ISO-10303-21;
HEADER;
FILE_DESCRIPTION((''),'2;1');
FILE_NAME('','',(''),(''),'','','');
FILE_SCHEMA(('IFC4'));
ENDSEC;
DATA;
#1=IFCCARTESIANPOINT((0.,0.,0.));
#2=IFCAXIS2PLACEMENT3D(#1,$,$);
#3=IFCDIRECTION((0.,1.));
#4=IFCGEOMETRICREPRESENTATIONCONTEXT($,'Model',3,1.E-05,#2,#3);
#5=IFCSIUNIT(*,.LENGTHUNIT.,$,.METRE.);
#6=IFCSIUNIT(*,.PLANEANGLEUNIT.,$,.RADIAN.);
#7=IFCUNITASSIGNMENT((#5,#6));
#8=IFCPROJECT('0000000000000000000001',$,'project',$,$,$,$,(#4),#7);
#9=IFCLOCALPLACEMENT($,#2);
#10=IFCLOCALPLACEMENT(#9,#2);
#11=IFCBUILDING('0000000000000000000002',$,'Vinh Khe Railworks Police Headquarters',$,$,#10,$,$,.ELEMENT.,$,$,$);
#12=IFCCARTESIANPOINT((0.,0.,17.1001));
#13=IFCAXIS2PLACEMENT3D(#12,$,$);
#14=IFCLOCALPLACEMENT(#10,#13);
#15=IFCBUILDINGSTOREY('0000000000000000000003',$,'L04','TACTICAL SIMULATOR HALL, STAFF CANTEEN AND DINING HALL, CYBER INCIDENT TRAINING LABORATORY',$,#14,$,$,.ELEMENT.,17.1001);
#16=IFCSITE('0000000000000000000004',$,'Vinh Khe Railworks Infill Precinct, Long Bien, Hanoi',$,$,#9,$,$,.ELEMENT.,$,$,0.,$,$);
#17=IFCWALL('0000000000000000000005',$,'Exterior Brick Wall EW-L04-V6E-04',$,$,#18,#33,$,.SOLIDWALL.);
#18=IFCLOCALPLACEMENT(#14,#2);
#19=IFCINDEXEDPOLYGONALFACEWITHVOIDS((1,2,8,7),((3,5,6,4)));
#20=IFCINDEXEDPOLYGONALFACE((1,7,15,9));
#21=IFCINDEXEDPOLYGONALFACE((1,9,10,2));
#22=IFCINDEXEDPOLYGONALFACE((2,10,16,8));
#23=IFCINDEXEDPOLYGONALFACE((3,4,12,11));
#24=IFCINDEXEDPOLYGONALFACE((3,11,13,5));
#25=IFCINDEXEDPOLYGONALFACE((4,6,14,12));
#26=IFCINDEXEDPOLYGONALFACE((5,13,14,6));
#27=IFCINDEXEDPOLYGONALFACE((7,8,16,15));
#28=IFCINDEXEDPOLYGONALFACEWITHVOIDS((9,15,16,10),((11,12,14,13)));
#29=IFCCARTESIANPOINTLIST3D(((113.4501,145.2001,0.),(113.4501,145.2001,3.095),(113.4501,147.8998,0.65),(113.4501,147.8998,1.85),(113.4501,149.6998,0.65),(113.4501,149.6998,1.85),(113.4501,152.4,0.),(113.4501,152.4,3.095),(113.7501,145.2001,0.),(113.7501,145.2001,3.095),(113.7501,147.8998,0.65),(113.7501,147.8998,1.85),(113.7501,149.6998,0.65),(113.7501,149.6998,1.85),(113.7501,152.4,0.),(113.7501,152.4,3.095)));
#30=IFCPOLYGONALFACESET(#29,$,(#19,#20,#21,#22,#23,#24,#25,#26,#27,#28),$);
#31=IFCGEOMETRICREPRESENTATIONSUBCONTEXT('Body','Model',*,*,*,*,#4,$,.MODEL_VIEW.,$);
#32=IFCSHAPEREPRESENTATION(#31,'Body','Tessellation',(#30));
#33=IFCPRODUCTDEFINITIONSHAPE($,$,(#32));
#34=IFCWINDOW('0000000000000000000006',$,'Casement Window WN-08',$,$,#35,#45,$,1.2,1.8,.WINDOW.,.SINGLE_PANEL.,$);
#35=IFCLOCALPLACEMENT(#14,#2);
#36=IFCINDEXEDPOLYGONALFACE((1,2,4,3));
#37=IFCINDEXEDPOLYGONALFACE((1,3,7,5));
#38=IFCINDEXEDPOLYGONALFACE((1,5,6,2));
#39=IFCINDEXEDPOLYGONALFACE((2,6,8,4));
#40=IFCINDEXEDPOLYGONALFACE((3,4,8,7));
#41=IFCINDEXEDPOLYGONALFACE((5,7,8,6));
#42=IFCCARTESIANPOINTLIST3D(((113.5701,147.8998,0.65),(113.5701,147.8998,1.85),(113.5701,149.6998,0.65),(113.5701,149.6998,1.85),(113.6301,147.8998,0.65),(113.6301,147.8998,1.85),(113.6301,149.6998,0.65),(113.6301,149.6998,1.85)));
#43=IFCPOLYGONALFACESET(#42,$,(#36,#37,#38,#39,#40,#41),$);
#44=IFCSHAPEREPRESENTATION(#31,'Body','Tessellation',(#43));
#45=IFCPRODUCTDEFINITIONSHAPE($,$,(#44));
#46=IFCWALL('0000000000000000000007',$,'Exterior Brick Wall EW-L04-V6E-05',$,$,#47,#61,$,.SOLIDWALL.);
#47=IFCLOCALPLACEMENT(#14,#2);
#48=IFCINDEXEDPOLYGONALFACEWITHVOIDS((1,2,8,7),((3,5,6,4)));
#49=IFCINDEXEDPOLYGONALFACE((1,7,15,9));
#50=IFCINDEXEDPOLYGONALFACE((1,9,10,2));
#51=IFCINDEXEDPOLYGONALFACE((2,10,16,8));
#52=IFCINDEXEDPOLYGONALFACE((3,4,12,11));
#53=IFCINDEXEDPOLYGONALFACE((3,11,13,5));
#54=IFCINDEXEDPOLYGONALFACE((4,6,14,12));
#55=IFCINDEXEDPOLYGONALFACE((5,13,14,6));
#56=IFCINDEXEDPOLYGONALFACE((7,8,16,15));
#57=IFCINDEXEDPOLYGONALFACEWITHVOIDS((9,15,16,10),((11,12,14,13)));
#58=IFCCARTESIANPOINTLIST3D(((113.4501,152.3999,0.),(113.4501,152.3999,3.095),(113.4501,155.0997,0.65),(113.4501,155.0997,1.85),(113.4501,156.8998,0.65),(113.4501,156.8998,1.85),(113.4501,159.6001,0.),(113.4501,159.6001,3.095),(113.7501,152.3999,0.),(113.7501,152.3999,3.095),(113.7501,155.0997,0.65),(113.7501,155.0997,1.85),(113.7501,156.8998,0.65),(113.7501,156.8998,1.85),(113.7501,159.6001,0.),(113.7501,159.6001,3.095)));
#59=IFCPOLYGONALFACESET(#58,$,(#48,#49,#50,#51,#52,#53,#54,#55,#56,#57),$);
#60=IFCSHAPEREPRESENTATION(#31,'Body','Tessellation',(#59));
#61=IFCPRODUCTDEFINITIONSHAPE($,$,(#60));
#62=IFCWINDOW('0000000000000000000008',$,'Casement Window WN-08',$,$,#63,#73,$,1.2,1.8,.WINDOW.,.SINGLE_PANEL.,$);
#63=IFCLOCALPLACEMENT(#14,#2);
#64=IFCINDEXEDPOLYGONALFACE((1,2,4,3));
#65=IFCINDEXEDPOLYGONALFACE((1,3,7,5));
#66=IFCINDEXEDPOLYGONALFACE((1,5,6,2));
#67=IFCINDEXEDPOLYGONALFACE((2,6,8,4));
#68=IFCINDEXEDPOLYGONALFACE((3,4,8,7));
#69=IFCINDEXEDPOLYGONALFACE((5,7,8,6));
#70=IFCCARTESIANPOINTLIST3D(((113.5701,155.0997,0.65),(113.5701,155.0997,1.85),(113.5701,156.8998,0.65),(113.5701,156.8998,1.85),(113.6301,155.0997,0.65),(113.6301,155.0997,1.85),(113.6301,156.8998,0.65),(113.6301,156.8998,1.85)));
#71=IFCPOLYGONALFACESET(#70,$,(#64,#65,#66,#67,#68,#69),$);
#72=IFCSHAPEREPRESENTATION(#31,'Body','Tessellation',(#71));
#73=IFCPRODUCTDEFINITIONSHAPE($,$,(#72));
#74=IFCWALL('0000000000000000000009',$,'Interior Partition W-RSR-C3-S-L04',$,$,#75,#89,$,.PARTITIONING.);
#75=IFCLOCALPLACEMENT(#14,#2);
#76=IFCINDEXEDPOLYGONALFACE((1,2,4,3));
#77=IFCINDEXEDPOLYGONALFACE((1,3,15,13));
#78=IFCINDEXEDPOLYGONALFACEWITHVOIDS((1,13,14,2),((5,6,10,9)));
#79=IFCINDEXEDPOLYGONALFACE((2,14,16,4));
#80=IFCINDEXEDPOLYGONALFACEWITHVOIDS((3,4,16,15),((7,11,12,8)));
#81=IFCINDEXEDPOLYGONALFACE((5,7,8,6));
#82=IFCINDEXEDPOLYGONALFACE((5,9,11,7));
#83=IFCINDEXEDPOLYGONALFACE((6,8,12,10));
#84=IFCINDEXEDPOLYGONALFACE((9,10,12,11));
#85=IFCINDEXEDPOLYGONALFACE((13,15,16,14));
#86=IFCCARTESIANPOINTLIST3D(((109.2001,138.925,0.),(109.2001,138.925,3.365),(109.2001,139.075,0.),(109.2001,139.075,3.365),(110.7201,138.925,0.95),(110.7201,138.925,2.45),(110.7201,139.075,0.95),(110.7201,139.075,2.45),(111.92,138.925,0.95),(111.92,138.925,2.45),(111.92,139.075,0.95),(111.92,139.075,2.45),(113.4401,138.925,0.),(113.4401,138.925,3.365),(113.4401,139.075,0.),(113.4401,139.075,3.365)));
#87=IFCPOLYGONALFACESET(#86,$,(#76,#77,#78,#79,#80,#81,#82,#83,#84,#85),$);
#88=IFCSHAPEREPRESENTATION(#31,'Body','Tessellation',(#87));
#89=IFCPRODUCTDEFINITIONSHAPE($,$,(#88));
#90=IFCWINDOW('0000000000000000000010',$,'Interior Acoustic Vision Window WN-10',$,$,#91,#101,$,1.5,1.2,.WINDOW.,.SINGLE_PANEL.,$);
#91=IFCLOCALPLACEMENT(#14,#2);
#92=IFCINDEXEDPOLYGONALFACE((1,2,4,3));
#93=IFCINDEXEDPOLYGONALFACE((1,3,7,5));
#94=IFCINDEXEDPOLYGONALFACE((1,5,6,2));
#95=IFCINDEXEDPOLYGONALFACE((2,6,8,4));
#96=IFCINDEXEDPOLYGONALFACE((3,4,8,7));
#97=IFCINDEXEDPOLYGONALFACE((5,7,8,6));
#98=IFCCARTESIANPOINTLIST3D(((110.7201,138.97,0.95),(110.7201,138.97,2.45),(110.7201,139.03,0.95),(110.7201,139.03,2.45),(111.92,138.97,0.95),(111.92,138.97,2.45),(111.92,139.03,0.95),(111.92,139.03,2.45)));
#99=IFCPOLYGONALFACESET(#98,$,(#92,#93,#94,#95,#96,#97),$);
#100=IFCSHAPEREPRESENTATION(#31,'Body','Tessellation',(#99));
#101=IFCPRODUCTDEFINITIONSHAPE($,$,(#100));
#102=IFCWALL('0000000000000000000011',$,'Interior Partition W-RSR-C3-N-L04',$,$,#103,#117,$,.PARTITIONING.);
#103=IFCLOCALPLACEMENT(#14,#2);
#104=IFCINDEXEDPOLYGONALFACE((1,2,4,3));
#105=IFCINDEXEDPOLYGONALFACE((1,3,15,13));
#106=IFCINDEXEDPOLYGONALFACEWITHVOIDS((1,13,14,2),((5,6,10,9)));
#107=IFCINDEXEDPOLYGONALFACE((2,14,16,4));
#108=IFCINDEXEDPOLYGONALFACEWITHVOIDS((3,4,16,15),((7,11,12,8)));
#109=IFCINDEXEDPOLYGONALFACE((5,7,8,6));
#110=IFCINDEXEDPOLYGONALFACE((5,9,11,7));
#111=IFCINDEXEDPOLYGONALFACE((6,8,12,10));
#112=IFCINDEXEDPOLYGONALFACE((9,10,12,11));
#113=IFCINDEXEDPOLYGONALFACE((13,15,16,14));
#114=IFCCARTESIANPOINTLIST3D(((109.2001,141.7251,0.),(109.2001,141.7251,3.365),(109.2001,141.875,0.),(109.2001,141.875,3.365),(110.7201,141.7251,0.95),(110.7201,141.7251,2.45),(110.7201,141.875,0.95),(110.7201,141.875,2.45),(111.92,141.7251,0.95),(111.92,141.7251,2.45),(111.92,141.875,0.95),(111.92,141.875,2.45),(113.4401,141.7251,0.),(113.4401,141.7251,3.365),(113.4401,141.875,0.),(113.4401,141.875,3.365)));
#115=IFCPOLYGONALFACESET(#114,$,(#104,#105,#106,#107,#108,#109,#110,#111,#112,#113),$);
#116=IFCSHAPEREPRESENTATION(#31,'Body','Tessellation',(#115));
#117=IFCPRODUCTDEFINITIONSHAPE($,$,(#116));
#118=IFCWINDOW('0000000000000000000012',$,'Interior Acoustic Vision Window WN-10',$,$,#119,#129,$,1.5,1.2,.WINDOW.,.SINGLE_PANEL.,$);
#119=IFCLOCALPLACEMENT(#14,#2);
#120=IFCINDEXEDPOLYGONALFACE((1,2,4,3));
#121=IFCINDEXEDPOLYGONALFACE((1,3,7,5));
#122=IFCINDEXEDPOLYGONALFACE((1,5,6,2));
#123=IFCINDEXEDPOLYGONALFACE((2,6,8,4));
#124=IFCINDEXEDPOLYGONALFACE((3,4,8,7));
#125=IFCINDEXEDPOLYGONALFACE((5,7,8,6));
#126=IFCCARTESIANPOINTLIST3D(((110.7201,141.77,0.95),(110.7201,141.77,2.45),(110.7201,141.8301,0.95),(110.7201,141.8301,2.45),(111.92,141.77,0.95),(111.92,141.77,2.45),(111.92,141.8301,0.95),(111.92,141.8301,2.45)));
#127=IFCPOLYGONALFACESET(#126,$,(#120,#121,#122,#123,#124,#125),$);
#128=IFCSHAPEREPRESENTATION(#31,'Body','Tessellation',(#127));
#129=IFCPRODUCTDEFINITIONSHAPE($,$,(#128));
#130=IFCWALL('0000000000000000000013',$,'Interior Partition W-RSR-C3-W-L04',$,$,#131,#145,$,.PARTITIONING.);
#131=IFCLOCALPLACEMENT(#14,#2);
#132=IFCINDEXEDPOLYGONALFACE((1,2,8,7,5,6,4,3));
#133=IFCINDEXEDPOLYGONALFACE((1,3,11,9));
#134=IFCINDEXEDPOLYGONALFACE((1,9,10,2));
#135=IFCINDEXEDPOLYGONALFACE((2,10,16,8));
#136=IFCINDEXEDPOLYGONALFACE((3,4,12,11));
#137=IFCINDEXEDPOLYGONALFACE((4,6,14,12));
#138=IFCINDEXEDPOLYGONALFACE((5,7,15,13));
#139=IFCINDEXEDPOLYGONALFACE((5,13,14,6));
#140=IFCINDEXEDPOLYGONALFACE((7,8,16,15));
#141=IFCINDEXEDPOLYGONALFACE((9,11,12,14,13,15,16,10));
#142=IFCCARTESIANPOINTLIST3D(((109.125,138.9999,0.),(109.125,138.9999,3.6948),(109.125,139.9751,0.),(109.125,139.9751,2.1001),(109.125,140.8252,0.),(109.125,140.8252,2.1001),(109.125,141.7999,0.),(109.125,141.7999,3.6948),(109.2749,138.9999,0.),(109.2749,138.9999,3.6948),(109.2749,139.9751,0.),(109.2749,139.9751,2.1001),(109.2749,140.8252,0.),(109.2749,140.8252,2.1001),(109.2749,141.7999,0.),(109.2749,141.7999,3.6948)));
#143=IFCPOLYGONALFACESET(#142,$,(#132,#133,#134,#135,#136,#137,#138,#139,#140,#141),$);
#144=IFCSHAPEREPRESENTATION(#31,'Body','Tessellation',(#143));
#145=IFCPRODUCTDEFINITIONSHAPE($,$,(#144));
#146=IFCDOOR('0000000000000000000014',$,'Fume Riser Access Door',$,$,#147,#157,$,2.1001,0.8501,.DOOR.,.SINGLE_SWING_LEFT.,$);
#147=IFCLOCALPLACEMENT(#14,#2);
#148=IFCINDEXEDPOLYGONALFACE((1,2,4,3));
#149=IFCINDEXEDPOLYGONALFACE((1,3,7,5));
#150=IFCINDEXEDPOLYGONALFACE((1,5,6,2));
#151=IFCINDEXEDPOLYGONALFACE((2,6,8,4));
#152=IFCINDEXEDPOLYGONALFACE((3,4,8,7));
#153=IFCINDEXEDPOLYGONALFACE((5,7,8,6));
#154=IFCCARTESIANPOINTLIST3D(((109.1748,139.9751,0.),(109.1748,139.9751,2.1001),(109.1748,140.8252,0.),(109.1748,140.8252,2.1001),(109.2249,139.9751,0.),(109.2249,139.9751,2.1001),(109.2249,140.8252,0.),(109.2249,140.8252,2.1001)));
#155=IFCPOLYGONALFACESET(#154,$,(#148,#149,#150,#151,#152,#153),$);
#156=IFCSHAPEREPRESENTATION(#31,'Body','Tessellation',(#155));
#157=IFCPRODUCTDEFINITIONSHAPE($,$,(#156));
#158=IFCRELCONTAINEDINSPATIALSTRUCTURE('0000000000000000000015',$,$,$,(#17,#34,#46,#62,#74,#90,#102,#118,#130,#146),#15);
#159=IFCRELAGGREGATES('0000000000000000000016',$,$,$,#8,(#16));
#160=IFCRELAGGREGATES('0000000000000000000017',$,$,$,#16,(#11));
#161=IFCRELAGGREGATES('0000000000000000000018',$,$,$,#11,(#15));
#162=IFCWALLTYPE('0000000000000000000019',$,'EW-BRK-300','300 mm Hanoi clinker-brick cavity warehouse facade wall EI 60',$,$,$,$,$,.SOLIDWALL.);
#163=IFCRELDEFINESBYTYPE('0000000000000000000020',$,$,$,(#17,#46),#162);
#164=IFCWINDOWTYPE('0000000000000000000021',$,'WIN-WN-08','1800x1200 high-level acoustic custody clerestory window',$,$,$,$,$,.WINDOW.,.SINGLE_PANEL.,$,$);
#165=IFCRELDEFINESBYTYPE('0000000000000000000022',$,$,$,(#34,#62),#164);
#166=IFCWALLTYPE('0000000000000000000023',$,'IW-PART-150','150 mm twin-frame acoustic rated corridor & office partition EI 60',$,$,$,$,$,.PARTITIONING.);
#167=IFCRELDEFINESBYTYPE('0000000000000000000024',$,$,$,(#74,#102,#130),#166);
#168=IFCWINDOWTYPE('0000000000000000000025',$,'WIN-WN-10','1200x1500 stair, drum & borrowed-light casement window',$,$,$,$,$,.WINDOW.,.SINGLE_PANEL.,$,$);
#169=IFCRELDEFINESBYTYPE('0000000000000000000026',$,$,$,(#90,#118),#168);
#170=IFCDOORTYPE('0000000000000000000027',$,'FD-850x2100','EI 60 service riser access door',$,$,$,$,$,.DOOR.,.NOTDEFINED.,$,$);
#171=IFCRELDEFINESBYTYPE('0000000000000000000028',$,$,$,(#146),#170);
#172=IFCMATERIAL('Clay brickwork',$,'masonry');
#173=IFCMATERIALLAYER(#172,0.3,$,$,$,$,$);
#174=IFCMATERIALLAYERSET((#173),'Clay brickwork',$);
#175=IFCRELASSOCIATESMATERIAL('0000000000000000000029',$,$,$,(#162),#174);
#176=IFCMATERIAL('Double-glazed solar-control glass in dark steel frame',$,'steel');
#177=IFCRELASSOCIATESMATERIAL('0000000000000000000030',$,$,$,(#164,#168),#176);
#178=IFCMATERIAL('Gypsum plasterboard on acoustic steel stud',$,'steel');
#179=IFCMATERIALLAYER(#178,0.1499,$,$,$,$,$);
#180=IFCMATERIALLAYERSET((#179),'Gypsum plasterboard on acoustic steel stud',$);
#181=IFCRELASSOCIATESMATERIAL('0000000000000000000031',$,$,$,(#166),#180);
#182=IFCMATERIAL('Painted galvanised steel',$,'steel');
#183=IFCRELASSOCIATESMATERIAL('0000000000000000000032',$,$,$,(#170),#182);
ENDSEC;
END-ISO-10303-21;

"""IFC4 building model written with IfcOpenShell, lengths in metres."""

from ifc_helpers import new_model, si_unit, direction, frame, frame_2d, origin, place, context, subcontext, project, spatial, rectangle, extrude, material, layer, layer_set, type_object, element, fill, save


model = new_model("IFC4")

# Units and contexts
model_context = context("Model", 3, precision=1e-05, world=origin(), true_north=direction((0.0, 1.0)))
body_context = subcontext(model_context, "Body", "Model", "MODEL_VIEW")
ifc_project = project(units=[si_unit("LENGTHUNIT", "METRE"), si_unit("PLANEANGLEUNIT", "RADIAN")], contexts=[model_context])

# Site, building, storey
site_placement = place(None, origin())
site = spatial("IfcSite", under=ifc_project, at=site_placement, Name="Vinh Khe Railworks Infill Precinct, Long Bien, Hanoi", CompositionType="ELEMENT", RefElevation=0.0)
building_placement = place(site_placement, origin())
building = spatial("IfcBuilding", under=site, at=building_placement, Name="Vinh Khe Railworks Police Headquarters", CompositionType="ELEMENT")
storey_placement = place(building_placement, frame((0.0, 0.0, 17.1001)))
storey = spatial("IfcBuildingStorey", under=building, at=storey_placement, Name="L04", Description="TACTICAL SIMULATOR HALL, STAFF CANTEEN AND DINING HALL, CYBER INCIDENT TRAINING LABORATORY", CompositionType="ELEMENT", Elevation=17.1001)

# Shared definitions
ifc_material_1 = material(Name="Painted galvanised steel", Category="steel")

# Walls, openings, windows
ifc_material_2 = material(Name="Clay brickwork", Category="masonry")
ifc_layer_1 = layer(ifc_material_2, 0.3)
ifc_layer_set_1 = layer_set([ifc_layer_1], Name="Clay brickwork")
wall_type_1 = type_object("IfcWallType", Name="EW-BRK-300", Description="300 mm Hanoi clinker-brick cavity warehouse facade wall EI 60", PredefinedType="SOLIDWALL", material=ifc_layer_set_1)
wall_1_placement = place(storey_placement, frame((113.6001, 145.2, 0.0), z_axis=(0.0, 0.0, 1.0), x_axis=(0.0, 1.0, 0.0)))
wall_1 = element("IfcWall", 1, at=wall_1_placement, inside=storey, type_object=wall_type_1, Name="Exterior Brick Wall EW-L04-V6E-04", PredefinedType="SOLIDWALL", context=body_context, shape_type="SweptSolid", body=[
    extrude(rectangle(XDim=7.2, YDim=0.3, at=frame_2d((3.6001, 0.0))), origin(), (0.0, 0.0, 1.0), 3.095),
])
opening_1_placement = place(wall_1_placement, frame((2.7, 0.0, 0.6499)))
opening_1 = element("IfcOpeningElement", 2, at=opening_1_placement, cuts=wall_1, PredefinedType="OPENING", context=body_context, shape_type="SweptSolid", body=[
    extrude(rectangle(XDim=1.8, YDim=1.2, at=frame_2d((0.8999, 0.6001))), frame((0.0, 0.165, 0.0), z_axis=(0.0, -1.0, 0.0), x_axis=(1.0, 0.0, 0.0)), (0.0, 0.0, 1.0), 0.3298),
])
ifc_material_3 = material(Name="Double-glazed solar-control glass in dark steel frame", Category="steel")
window_type_1 = type_object("IfcWindowType", Name="WIN-WN-08", Description="1800x1200 high-level acoustic custody clerestory window", PartitioningType="SINGLE_PANEL", PredefinedType="WINDOW", material=ifc_material_3)
window_1_placement = place(opening_1_placement, origin())
window_1 = element("IfcWindow", 3, at=window_1_placement, inside=storey, type_object=window_type_1, Name="Casement Window WN-08", OverallHeight=1.2, OverallWidth=1.8, PartitioningType="SINGLE_PANEL", PredefinedType="WINDOW", context=body_context, shape_type="SweptSolid", body=[
    extrude(rectangle(XDim=1.8, YDim=1.2, at=frame_2d((0.8999, 0.6001))), frame((0.0, 0.03, 0.0), z_axis=(0.0, -1.0, 0.0), x_axis=(1.0, 0.0, 0.0)), (0.0, 0.0, 1.0), 0.0601),
])
fill(opening_1, window_1)
wall_2_placement = place(storey_placement, frame((113.6001, 152.3999, 0.0), z_axis=(0.0, 0.0, 1.0), x_axis=(0.0, 1.0, 0.0)))
wall_2 = element("IfcWall", 4, at=wall_2_placement, inside=storey, type_object=wall_type_1, Name="Exterior Brick Wall EW-L04-V6E-05", PredefinedType="SOLIDWALL", context=body_context, shape_type="SweptSolid", body=[
    extrude(rectangle(XDim=7.2002, YDim=0.3, at=frame_2d((3.6001, 0.0))), origin(), (0.0, 0.0, 1.0), 3.095),
])
opening_2_placement = place(wall_2_placement, frame((2.7, 0.0, 0.6499)))
opening_2 = element("IfcOpeningElement", 5, at=opening_2_placement, cuts=wall_2, PredefinedType="OPENING", context=body_context, shape_type="SweptSolid", body=[
    extrude(rectangle(XDim=1.8, YDim=1.2, at=frame_2d((0.8999, 0.6001))), frame((0.0, 0.165, 0.0), z_axis=(0.0, -1.0, 0.0), x_axis=(1.0, 0.0, 0.0)), (0.0, 0.0, 1.0), 0.3298),
])
window_2_placement = place(opening_2_placement, origin())
window_2 = element("IfcWindow", 6, at=window_2_placement, inside=storey, type_object=window_type_1, Name="Casement Window WN-08", OverallHeight=1.2, OverallWidth=1.8, PartitioningType="SINGLE_PANEL", PredefinedType="WINDOW", context=body_context, shape_type="SweptSolid", body=[
    extrude(rectangle(XDim=1.8, YDim=1.2, at=frame_2d((0.8999, 0.6001))), frame((0.0, 0.03, 0.0), z_axis=(0.0, -1.0, 0.0), x_axis=(1.0, 0.0, 0.0)), (0.0, 0.0, 1.0), 0.0601),
])
fill(opening_2, window_2)
ifc_material_4 = material(Name="Gypsum plasterboard on acoustic steel stud", Category="steel")
ifc_layer_2 = layer(ifc_material_4, 0.1499)
ifc_layer_set_2 = layer_set([ifc_layer_2], Name="Gypsum plasterboard on acoustic steel stud")
wall_type_2 = type_object("IfcWallType", Name="IW-PART-150", Description="150 mm twin-frame acoustic rated corridor & office partition EI 60", PredefinedType="PARTITIONING", material=ifc_layer_set_2)
wall_3_placement = place(storey_placement, frame((109.2, 139.0, 0.0), z_axis=(0.0, 0.0, 1.0), x_axis=(1.0, 0.0, 0.0)))
wall_3 = element("IfcWall", 7, at=wall_3_placement, inside=storey, type_object=wall_type_2, Name="Interior Partition W-RSR-C3-S-L04", PredefinedType="PARTITIONING", context=body_context, shape_type="SweptSolid", body=[
    extrude(rectangle(XDim=4.24, YDim=0.1499, at=frame_2d((2.1201, 0.0))), origin(), (0.0, 0.0, 1.0), 3.365),
])
opening_3_placement = place(wall_3_placement, frame((1.52, 0.0, 0.95)))
opening_3 = element("IfcOpeningElement", 8, at=opening_3_placement, cuts=wall_3, PredefinedType="OPENING", context=body_context, shape_type="SweptSolid", body=[
    extrude(rectangle(XDim=1.2, YDim=1.5, at=frame_2d((0.6001, 0.75))), frame((0.0, 0.0898, 0.0), z_axis=(0.0, -1.0, 0.0), x_axis=(1.0, 0.0, 0.0)), (0.0, 0.0, 1.0), 0.1797),
])
window_type_2 = type_object("IfcWindowType", Name="WIN-WN-10", Description="1200x1500 stair, drum & borrowed-light casement window", PartitioningType="SINGLE_PANEL", PredefinedType="WINDOW", material=ifc_material_3)
window_3_placement = place(opening_3_placement, origin())
window_3 = element("IfcWindow", 9, at=window_3_placement, inside=storey, type_object=window_type_2, Name="Interior Acoustic Vision Window WN-10", OverallHeight=1.5, OverallWidth=1.2, PartitioningType="SINGLE_PANEL", PredefinedType="WINDOW", context=body_context, shape_type="SweptSolid", body=[
    extrude(rectangle(XDim=1.2, YDim=1.5, at=frame_2d((0.6001, 0.75))), frame((0.0, 0.03, 0.0), z_axis=(0.0, -1.0, 0.0), x_axis=(1.0, 0.0, 0.0)), (0.0, 0.0, 1.0), 0.0601),
])
fill(opening_3, window_3)
wall_4_placement = place(storey_placement, frame((109.2, 141.8, 0.0), z_axis=(0.0, 0.0, 1.0), x_axis=(1.0, 0.0, 0.0)))
wall_4 = element("IfcWall", 10, at=wall_4_placement, inside=storey, type_object=wall_type_2, Name="Interior Partition W-RSR-C3-N-L04", PredefinedType="PARTITIONING", context=body_context, shape_type="SweptSolid", body=[
    extrude(rectangle(XDim=4.24, YDim=0.1499, at=frame_2d((2.1201, 0.0))), origin(), (0.0, 0.0, 1.0), 3.365),
])
opening_4_placement = place(wall_4_placement, frame((1.52, 0.0, 0.95)))
opening_4 = element("IfcOpeningElement", 11, at=opening_4_placement, cuts=wall_4, PredefinedType="OPENING", context=body_context, shape_type="SweptSolid", body=[
    extrude(rectangle(XDim=1.2, YDim=1.5, at=frame_2d((0.6001, 0.75))), frame((0.0, 0.0898, 0.0), z_axis=(0.0, -1.0, 0.0), x_axis=(1.0, 0.0, 0.0)), (0.0, 0.0, 1.0), 0.1797),
])
window_4_placement = place(opening_4_placement, origin())
window_4 = element("IfcWindow", 12, at=window_4_placement, inside=storey, type_object=window_type_2, Name="Interior Acoustic Vision Window WN-10", OverallHeight=1.5, OverallWidth=1.2, PartitioningType="SINGLE_PANEL", PredefinedType="WINDOW", context=body_context, shape_type="SweptSolid", body=[
    extrude(rectangle(XDim=1.2, YDim=1.5, at=frame_2d((0.6001, 0.75))), frame((0.0, 0.03, 0.0), z_axis=(0.0, -1.0, 0.0), x_axis=(1.0, 0.0, 0.0)), (0.0, 0.0, 1.0), 0.0601),
])
fill(opening_4, window_4)

# Wall, opening, door
wall_5_placement = place(storey_placement, frame((109.2, 139.0, 0.0), z_axis=(0.0, 0.0, 1.0), x_axis=(0.0, 1.0, 0.0)))
wall_5 = element("IfcWall", 13, at=wall_5_placement, inside=storey, type_object=wall_type_2, Name="Interior Partition W-RSR-C3-W-L04", PredefinedType="PARTITIONING", context=body_context, shape_type="SweptSolid", body=[
    extrude(rectangle(XDim=2.8, YDim=0.1499, at=frame_2d((1.3999, 0.0))), origin(), (0.0, 0.0, 1.0), 3.6948),
])
opening_5_placement = place(wall_5_placement, frame((0.9751, 0.0, 0.0)))
opening_5 = element("IfcOpeningElement", 14, at=opening_5_placement, cuts=wall_5, PredefinedType="OPENING", context=body_context, shape_type="SweptSolid", body=[
    extrude(rectangle(XDim=0.8501, YDim=2.1001, at=frame_2d((0.425, 1.05))), frame((0.0, 0.0898, 0.0), z_axis=(0.0, -1.0, 0.0), x_axis=(1.0, 0.0, 0.0)), (0.0, 0.0, 1.0), 0.1797),
])
door_type_1 = type_object("IfcDoorType", Name="FD-850x2100", Description="EI 60 service riser access door", OperationType="NOTDEFINED", PredefinedType="DOOR", material=ifc_material_1)
door_1_placement = place(opening_5_placement, frame((0.8501, 0.0, 0.0), z_axis=(0.0, 0.0, 1.0), x_axis=(-1.0, 0.0, 0.0)))
door_1 = element("IfcDoor", 15, at=door_1_placement, inside=storey, type_object=door_type_1, Name="Fume Riser Access Door", OperationType="SINGLE_SWING_LEFT", OverallHeight=2.1001, OverallWidth=0.8501, PredefinedType="DOOR", context=body_context, shape_type="SweptSolid", body=[
    extrude(rectangle(XDim=0.8501, YDim=2.1001, at=frame_2d((0.425, 1.05))), frame((0.0, 0.0249, 0.0), z_axis=(0.0, -1.0, 0.0), x_axis=(1.0, 0.0, 0.0)), (0.0, 0.0, 1.0), 0.05),
])
fill(opening_5, door_1)

save(model, "model.ifc")
